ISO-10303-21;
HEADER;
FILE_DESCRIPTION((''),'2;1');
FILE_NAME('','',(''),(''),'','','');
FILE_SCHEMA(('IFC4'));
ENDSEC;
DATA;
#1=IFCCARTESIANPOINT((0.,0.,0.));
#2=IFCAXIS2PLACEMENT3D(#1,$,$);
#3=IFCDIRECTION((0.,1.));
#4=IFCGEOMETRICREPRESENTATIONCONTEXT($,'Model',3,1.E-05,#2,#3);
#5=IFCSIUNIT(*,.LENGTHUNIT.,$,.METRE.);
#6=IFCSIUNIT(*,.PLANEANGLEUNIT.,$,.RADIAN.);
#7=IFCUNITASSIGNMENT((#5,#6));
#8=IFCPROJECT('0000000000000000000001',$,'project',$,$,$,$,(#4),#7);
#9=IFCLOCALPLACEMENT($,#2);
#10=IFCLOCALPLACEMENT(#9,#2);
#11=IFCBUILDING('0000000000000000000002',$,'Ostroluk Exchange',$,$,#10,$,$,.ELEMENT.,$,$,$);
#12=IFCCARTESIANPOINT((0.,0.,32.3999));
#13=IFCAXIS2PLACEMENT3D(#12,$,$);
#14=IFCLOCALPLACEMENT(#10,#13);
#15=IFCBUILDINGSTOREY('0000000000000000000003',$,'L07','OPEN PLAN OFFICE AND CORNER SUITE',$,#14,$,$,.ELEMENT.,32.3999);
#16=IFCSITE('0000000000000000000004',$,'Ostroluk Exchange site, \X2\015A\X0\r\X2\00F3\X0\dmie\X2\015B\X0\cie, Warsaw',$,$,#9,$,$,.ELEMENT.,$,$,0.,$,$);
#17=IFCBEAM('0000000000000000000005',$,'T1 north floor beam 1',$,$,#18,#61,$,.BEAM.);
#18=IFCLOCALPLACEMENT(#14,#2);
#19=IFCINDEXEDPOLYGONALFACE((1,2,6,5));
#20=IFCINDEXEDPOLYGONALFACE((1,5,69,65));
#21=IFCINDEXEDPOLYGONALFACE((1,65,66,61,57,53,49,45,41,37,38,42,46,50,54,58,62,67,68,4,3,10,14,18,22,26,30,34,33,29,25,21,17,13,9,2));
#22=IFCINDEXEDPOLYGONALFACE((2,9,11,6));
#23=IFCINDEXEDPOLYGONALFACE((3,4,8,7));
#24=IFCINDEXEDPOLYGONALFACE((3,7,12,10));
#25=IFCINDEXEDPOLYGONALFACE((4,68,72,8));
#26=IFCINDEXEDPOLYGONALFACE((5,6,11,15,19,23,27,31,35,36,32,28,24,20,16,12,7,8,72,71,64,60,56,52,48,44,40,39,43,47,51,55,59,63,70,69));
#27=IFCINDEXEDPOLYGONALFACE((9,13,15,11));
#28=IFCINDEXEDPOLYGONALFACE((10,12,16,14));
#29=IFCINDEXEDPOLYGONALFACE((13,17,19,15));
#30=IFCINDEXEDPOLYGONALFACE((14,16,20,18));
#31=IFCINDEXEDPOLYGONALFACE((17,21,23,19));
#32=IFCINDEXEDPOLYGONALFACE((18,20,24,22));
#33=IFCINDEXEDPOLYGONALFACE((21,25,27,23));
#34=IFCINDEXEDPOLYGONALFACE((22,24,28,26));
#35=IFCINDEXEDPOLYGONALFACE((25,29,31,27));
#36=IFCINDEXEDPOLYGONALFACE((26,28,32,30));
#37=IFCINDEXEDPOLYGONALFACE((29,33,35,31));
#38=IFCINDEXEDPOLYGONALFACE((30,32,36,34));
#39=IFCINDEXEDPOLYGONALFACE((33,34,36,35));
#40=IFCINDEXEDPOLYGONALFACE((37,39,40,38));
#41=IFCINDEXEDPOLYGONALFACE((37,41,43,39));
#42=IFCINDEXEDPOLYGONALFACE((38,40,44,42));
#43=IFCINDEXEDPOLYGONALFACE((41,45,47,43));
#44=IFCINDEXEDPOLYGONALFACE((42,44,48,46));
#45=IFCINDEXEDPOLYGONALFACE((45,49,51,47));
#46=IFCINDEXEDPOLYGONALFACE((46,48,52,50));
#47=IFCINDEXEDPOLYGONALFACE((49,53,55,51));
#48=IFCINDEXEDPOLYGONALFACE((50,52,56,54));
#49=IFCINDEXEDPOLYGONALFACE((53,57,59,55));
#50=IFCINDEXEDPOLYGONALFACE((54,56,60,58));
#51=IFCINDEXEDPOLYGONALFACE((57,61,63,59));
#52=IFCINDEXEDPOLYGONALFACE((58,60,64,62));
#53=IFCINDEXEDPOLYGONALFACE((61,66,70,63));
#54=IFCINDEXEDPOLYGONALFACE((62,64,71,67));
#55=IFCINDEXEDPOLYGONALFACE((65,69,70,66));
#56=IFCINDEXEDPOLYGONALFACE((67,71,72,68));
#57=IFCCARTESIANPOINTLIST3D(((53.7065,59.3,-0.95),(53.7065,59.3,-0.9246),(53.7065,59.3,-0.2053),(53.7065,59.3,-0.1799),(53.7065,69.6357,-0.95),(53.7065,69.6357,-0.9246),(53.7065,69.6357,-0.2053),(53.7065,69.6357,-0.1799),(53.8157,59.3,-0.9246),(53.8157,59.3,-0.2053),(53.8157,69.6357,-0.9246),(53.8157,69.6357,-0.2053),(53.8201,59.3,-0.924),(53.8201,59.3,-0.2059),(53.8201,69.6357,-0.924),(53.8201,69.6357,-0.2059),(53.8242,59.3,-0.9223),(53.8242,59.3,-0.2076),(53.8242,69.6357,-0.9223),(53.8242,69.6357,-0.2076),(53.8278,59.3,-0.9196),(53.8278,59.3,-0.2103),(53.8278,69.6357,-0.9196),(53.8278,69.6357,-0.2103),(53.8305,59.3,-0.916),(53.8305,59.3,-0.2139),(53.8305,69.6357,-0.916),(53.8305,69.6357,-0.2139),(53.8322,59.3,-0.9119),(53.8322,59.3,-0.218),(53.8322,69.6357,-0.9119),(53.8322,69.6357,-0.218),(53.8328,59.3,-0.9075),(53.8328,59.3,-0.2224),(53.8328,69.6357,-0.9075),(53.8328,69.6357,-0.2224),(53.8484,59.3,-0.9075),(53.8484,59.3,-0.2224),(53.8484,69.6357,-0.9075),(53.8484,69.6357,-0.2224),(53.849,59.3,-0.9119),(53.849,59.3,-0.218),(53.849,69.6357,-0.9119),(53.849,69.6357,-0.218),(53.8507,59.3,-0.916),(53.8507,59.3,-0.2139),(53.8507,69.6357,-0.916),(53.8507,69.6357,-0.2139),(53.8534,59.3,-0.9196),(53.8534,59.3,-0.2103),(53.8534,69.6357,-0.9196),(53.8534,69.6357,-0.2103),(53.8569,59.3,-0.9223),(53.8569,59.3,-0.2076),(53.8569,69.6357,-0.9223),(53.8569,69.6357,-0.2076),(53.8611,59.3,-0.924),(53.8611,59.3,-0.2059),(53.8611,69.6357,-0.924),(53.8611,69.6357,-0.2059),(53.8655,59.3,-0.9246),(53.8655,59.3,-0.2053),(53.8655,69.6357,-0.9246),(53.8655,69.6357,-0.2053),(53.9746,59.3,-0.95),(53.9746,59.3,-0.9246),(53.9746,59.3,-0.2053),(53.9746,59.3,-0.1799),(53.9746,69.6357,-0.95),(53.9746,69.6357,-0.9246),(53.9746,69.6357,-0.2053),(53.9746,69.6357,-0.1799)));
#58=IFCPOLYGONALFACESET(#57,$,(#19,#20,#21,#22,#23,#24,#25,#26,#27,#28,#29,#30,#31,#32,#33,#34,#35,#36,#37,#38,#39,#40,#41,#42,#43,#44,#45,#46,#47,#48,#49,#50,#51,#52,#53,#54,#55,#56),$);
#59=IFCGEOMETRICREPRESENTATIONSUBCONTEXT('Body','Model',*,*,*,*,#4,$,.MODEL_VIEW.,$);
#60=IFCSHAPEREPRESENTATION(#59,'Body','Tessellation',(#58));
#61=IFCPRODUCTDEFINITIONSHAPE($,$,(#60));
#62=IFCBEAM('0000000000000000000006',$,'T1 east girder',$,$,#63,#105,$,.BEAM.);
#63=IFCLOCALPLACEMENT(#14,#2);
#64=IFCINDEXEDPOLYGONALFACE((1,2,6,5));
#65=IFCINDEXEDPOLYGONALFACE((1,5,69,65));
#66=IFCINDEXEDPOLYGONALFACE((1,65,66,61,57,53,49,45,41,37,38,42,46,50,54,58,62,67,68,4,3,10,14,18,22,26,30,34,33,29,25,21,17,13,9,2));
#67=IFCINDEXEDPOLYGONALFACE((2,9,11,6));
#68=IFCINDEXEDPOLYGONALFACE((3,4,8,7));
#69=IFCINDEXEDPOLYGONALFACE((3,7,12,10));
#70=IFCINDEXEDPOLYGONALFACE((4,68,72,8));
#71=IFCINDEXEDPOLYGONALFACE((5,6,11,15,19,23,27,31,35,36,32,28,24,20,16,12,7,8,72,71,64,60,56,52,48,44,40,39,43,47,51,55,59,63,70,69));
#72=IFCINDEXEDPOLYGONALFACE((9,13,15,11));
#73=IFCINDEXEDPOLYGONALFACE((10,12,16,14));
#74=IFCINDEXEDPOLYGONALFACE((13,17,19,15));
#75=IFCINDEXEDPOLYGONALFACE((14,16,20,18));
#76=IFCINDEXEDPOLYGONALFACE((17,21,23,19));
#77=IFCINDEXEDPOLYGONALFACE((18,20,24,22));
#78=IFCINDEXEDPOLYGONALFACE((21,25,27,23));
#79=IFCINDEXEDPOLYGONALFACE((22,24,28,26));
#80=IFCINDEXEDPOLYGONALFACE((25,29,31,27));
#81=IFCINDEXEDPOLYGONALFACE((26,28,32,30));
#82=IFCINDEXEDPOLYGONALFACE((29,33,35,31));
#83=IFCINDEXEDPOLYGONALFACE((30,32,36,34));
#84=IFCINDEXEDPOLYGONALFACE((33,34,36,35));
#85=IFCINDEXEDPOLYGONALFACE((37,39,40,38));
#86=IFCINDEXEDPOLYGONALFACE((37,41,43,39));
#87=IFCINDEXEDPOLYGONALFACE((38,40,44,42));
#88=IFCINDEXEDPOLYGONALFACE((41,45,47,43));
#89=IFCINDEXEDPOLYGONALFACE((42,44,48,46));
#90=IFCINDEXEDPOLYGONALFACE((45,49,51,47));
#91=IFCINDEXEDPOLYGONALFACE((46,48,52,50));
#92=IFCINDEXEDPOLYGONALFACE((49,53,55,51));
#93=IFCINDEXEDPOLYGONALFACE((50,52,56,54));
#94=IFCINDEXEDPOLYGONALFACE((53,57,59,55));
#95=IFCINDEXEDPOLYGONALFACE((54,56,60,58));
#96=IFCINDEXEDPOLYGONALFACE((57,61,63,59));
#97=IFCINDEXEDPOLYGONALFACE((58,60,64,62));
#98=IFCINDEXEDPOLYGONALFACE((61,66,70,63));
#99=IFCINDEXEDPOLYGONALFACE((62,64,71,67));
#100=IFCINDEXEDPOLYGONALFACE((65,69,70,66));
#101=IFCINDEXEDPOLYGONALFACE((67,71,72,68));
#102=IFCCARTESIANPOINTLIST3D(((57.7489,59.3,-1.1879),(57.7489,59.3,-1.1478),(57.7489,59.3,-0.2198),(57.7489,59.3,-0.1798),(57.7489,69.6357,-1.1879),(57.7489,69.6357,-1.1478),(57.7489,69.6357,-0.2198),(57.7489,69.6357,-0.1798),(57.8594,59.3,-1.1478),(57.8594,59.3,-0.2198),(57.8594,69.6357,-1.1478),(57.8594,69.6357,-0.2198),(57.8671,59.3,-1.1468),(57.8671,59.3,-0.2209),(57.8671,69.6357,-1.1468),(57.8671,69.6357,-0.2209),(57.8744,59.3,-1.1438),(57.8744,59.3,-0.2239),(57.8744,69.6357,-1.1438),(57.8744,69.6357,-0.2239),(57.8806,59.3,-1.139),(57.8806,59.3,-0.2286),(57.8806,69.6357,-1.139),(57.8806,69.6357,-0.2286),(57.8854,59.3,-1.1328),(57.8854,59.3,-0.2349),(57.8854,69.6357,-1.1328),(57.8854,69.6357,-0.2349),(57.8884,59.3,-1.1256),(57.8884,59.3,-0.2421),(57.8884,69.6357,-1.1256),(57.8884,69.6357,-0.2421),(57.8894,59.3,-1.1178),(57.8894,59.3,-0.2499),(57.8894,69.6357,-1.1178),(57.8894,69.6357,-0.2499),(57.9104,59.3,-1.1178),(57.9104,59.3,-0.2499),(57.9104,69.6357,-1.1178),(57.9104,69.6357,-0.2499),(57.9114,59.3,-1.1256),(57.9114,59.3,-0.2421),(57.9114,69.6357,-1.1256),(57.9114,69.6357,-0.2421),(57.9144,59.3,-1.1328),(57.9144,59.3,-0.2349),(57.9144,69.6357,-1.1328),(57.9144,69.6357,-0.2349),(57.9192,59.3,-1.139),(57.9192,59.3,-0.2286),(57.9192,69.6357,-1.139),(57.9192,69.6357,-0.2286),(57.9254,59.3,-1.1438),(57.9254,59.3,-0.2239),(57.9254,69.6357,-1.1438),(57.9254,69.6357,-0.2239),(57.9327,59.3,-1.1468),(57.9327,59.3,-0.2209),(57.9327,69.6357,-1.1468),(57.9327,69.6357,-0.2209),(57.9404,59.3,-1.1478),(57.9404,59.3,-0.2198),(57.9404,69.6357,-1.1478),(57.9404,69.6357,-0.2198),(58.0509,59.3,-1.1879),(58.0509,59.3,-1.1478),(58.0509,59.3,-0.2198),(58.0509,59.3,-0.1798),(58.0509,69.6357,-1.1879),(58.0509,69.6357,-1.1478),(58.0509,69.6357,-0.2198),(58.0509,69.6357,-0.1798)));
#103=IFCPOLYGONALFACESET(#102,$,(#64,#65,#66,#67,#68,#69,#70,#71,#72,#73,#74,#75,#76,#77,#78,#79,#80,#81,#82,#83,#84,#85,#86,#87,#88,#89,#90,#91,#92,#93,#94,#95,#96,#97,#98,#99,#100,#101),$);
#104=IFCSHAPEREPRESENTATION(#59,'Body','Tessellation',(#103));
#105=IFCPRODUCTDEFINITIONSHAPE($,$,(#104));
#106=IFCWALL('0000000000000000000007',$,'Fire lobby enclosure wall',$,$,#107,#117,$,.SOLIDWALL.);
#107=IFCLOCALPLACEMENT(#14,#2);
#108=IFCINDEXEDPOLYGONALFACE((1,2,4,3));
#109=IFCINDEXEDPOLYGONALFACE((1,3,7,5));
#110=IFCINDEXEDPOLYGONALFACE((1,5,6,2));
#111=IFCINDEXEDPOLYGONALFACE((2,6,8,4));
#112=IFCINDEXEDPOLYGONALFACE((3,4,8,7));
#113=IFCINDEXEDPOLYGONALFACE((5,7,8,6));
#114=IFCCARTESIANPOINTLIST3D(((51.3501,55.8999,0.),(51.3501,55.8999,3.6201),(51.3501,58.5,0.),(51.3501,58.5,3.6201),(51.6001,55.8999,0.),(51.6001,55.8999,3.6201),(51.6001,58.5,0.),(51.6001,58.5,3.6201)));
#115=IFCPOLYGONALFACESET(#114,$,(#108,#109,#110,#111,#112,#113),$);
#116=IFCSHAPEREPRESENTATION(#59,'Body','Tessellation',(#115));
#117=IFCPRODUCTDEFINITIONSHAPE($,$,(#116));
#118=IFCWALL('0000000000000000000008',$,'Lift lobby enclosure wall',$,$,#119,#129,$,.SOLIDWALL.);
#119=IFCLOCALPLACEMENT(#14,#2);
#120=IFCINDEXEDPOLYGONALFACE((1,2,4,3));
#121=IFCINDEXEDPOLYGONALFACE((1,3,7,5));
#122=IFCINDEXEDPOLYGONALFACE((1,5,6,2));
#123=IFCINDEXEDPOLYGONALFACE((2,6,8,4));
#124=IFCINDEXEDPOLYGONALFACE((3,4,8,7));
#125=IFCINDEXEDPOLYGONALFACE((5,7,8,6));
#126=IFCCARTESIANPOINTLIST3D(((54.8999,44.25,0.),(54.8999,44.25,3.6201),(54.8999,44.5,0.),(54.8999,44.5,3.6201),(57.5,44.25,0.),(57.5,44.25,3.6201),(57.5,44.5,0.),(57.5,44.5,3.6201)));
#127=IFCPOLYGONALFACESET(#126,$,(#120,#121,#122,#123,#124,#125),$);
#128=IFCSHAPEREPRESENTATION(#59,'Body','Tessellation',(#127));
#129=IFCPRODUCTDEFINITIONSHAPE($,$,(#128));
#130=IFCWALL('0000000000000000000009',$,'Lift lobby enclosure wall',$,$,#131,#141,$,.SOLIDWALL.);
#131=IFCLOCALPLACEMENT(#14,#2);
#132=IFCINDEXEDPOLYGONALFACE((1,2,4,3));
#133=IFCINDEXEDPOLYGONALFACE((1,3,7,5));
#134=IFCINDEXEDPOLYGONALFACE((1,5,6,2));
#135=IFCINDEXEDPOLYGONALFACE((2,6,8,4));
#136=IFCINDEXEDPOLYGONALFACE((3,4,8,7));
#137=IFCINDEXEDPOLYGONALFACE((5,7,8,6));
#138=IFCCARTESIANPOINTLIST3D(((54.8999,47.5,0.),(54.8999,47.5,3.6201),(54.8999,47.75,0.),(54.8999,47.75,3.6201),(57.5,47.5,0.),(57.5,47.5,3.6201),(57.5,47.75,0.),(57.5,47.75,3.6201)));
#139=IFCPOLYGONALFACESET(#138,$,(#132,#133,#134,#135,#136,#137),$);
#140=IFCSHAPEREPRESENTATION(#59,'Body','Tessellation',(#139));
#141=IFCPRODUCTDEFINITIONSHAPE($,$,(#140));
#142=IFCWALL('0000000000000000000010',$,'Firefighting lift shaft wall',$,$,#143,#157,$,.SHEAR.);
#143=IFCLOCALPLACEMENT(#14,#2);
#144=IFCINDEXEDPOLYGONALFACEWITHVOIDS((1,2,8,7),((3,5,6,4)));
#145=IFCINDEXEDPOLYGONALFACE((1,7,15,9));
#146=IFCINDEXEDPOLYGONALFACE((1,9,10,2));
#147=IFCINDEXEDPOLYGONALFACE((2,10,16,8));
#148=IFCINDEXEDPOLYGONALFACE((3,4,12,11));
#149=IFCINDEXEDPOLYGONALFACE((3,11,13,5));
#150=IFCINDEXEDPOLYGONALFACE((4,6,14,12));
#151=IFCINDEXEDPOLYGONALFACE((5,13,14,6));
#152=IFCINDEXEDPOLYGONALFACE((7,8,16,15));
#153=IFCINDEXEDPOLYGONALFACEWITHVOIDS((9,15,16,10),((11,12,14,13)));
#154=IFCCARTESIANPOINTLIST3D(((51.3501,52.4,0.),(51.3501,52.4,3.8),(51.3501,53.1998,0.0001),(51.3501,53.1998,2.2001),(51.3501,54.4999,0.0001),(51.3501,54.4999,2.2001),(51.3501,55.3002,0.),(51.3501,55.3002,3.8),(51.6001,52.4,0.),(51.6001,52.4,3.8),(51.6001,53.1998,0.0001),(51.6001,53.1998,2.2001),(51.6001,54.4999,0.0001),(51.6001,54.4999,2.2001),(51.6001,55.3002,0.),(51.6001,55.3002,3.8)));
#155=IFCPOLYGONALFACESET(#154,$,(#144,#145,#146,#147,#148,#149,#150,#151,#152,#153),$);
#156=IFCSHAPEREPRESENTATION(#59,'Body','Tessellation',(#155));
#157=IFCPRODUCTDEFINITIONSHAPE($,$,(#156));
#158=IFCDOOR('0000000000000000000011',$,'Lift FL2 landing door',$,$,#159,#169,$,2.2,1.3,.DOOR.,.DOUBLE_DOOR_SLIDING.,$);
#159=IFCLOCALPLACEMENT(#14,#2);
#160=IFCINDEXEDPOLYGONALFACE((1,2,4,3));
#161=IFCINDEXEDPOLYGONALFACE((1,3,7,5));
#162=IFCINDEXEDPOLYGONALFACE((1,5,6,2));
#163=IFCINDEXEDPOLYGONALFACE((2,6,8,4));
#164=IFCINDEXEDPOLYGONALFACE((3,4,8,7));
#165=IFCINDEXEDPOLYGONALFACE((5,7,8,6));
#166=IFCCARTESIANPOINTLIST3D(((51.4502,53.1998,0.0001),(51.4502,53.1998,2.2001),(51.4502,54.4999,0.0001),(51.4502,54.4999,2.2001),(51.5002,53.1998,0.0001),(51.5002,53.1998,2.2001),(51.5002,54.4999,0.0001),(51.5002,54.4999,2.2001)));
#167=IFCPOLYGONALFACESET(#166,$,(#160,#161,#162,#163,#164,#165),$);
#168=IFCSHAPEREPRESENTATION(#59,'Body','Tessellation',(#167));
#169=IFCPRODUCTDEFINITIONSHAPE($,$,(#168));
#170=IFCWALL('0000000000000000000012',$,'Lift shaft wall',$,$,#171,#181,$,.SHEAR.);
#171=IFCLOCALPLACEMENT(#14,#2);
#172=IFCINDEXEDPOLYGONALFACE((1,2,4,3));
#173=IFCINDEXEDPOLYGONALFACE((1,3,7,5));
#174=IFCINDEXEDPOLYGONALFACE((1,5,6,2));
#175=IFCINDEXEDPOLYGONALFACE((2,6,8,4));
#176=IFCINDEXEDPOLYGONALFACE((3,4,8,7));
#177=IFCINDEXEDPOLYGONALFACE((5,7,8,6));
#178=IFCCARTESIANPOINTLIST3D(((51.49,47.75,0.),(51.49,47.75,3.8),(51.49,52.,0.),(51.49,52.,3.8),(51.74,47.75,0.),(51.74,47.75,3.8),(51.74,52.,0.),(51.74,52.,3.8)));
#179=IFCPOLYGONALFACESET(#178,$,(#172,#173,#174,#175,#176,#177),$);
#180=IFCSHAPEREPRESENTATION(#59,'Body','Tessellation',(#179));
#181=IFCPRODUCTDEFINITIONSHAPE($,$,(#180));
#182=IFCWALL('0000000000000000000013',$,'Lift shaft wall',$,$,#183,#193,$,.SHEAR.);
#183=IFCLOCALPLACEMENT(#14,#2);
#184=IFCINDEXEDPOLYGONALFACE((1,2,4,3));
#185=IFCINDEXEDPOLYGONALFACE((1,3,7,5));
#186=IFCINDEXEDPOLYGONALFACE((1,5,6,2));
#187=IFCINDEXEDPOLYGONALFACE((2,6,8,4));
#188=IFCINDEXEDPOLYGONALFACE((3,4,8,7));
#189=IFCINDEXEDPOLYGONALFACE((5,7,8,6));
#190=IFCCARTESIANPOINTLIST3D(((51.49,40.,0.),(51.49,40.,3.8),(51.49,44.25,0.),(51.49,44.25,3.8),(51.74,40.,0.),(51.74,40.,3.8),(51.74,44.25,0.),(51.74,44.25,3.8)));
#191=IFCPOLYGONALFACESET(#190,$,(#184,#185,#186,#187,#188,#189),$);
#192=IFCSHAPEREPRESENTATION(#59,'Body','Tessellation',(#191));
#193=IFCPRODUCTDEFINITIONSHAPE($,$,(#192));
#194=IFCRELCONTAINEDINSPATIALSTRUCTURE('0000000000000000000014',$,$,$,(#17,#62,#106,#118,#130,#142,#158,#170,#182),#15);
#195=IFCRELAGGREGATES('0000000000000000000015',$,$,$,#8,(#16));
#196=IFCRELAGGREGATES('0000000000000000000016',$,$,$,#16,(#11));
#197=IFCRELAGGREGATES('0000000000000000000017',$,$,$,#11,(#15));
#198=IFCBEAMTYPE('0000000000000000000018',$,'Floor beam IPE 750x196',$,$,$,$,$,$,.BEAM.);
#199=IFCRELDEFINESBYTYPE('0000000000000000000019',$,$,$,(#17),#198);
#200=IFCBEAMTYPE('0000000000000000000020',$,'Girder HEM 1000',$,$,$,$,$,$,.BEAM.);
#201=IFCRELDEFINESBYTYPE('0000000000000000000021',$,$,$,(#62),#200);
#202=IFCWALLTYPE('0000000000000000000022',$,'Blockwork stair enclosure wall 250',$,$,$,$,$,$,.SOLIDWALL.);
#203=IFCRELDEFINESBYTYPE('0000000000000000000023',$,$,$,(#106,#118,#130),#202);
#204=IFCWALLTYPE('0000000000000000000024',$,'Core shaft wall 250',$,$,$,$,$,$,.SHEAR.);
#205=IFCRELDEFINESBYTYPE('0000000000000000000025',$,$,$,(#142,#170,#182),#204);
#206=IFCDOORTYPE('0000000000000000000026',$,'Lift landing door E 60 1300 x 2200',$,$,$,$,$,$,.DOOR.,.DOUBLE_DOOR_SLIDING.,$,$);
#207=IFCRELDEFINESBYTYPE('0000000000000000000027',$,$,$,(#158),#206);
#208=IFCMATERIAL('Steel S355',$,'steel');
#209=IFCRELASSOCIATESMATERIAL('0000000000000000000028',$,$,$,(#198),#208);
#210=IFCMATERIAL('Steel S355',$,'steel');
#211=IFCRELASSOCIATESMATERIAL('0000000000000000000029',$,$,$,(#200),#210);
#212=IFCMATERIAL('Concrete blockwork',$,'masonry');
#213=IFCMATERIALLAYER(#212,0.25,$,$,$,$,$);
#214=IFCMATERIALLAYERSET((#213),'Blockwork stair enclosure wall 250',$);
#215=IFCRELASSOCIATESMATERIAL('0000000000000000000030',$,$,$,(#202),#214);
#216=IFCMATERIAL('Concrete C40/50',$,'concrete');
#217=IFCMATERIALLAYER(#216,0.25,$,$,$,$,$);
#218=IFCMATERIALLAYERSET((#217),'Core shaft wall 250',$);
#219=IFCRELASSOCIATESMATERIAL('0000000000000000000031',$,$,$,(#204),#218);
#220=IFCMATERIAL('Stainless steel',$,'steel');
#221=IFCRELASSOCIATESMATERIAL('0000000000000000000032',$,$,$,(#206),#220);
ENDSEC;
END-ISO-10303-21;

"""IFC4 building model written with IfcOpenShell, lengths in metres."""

from ifc_helpers import new_model, si_unit, direction, frame, frame_2d, origin, origin_2d, place, context, subcontext, project, spatial, rectangle, i_section, extrude, material, layer, layer_set, material_profile, profile_set, type_object, element, fill, save


model = new_model("IFC4")

# Units and contexts
model_context = context("Model", 3, precision=1e-05, world=origin(), true_north=direction((0.0, 1.0)))
body_context = subcontext(model_context, "Body", "Model", "MODEL_VIEW")
ifc_project = project(units=[si_unit("LENGTHUNIT", "METRE"), si_unit("PLANEANGLEUNIT", "RADIAN")], contexts=[model_context])

# Site, building, storey
site_placement = place(None, origin())
site = spatial("IfcSite", under=ifc_project, at=site_placement, Name="Ostroluk Exchange site, Śródmieście, Warsaw", CompositionType="ELEMENT", RefElevation=0.0)
building_placement = place(site_placement, origin())
building = spatial("IfcBuilding", under=site, at=building_placement, Name="Ostroluk Exchange", CompositionType="ELEMENT")
storey_placement = place(building_placement, frame((0.0, 0.0, 32.3999)))
storey = spatial("IfcBuildingStorey", under=building, at=storey_placement, Name="L07", Description="OPEN PLAN OFFICE AND CORNER SUITE", CompositionType="ELEMENT", Elevation=32.3999)

# Beams
ifc_material_1 = material(Name="Steel S355", Category="steel")
ifc_material_profile_1 = material_profile(ifc_material_1, i_section(OverallWidth=0.2681, OverallDepth=0.77, WebThickness=0.0156, FlangeThickness=0.0254, FilletRadius=0.0171, at=origin_2d()), Name="IPE 750x196")
ifc_profile_set_1 = profile_set([ifc_material_profile_1], Name="Steel S355")
beam_type_1 = type_object("IfcBeamType", Name="Floor beam IPE 750x196", PredefinedType="BEAM", material=ifc_profile_set_1)
for number, where, z_axis, x_axis, name in (
    (1, (53.8406, 59.3, -0.5649), (0.0, 1.0, 0.0), (-1.0, 0.0, 0.0), "T1 north floor beam 1"),
):
    element("IfcBeam", number, at=place(storey_placement, frame(where, z_axis=z_axis, x_axis=x_axis)), inside=storey, type_object=beam_type_1, Name=name, PredefinedType="BEAM", context=body_context, shape_type="SweptSolid", body=[
        extrude(i_section(OverallWidth=0.2681, OverallDepth=0.77, WebThickness=0.0156, FlangeThickness=0.0254, FilletRadius=0.0171, at=origin_2d()), origin(), (0.0, 0.0, 1.0), 10.3357),
    ])
ifc_material_2 = material(Name="Steel S355", Category="steel")
ifc_material_profile_2 = material_profile(ifc_material_2, i_section(OverallWidth=0.302, OverallDepth=1.0081, WebThickness=0.021, FlangeThickness=0.04, FilletRadius=0.03, at=origin_2d()), Name="HEM 1000")
ifc_profile_set_2 = profile_set([ifc_material_profile_2], Name="Steel S355")
beam_type_2 = type_object("IfcBeamType", Name="Girder HEM 1000", PredefinedType="BEAM", material=ifc_profile_set_2)
beam_1_placement = place(storey_placement, frame((57.8999, 59.3, -0.6838), z_axis=(0.0, 1.0, 0.0), x_axis=(-1.0, 0.0, 0.0)))
element("IfcBeam", 2, at=beam_1_placement, inside=storey, type_object=beam_type_2, Name="T1 east girder", PredefinedType="BEAM", context=body_context, shape_type="SweptSolid", body=[
    extrude(i_section(OverallWidth=0.302, OverallDepth=1.0081, WebThickness=0.021, FlangeThickness=0.04, FilletRadius=0.03, at=origin_2d()), origin(), (0.0, 0.0, 1.0), 10.3357),
])

# Walls
ifc_material_3 = material(Name="Concrete blockwork", Category="masonry")
ifc_layer_1 = layer(ifc_material_3, 0.25)
ifc_layer_set_1 = layer_set([ifc_layer_1], Name="Blockwork stair enclosure wall 250")
wall_type_1 = type_object("IfcWallType", Name="Blockwork stair enclosure wall 250", PredefinedType="SOLIDWALL", material=ifc_layer_set_1)
for number, where, z_axis, x_axis, name in (
    (3, (51.4751, 55.8999, 0.0), (0.0, 0.0, 1.0), (0.0, 1.0, 0.0), "Fire lobby enclosure wall"),
    (4, (54.8999, 44.375, 0.0), (0.0, 0.0, 1.0), (1.0, 0.0, 0.0), "Lift lobby enclosure wall"),
    (5, (54.8999, 47.625, 0.0), (0.0, 0.0, 1.0), (1.0, 0.0, 0.0), "Lift lobby enclosure wall"),
):
    element("IfcWall", number, at=place(storey_placement, frame(where, z_axis=z_axis, x_axis=x_axis)), inside=storey, type_object=wall_type_1, Name=name, PredefinedType="SOLIDWALL", context=body_context, shape_type="SweptSolid", body=[
        extrude(rectangle(XDim=2.6001, YDim=0.25, at=frame_2d((1.3, 0.0))), origin(), (0.0, 0.0, 1.0), 3.6201),
    ])

# Wall, opening, door
ifc_material_4 = material(Name="Concrete C40/50", Category="concrete")
ifc_layer_2 = layer(ifc_material_4, 0.25)
ifc_layer_set_2 = layer_set([ifc_layer_2], Name="Core shaft wall 250")
wall_type_2 = type_object("IfcWallType", Name="Core shaft wall 250", PredefinedType="SHEAR", material=ifc_layer_set_2)
wall_1_placement = place(storey_placement, frame((51.4751, 52.3999, 0.0), z_axis=(0.0, 0.0, 1.0), x_axis=(0.0, 1.0, 0.0)))
wall_1 = element("IfcWall", 6, at=wall_1_placement, inside=storey, type_object=wall_type_2, Name="Firefighting lift shaft wall", PredefinedType="SHEAR", context=body_context, shape_type="SweptSolid", body=[
    extrude(rectangle(XDim=2.9001, YDim=0.25, at=frame_2d((1.4502, 0.0))), origin(), (0.0, 0.0, 1.0), 3.8),
])
opening_1_placement = place(wall_1_placement, frame((0.8, 0.0, 0.0)))
opening_1 = element("IfcOpeningElement", 7, at=opening_1_placement, cuts=wall_1, PredefinedType="OPENING", context=body_context, shape_type="SweptSolid", body=[
    extrude(rectangle(XDim=1.3, YDim=2.2, at=frame_2d((0.6499, 1.1001))), frame((0.0, 0.135, 0.0), z_axis=(0.0, -1.0, 0.0), x_axis=(1.0, 0.0, 0.0)), (0.0, 0.0, 1.0), 0.27),
])
ifc_material_5 = material(Name="Stainless steel", Category="steel")
door_type_1 = type_object("IfcDoorType", Name="Lift landing door E 60 1300 x 2200", OperationType="DOUBLE_DOOR_SLIDING", PredefinedType="DOOR", material=ifc_material_5)
door_1_placement = place(opening_1_placement, origin())
door_1 = element("IfcDoor", 8, at=door_1_placement, inside=storey, type_object=door_type_1, Name="Lift FL2 landing door", OperationType="DOUBLE_DOOR_SLIDING", OverallHeight=2.2, OverallWidth=1.3, PredefinedType="DOOR", context=body_context, shape_type="SweptSolid", body=[
    extrude(rectangle(XDim=1.3, YDim=2.2, at=frame_2d((0.6499, 1.1001))), frame((0.0, 0.0249, 0.0), z_axis=(0.0, -1.0, 0.0), x_axis=(1.0, 0.0, 0.0)), (0.0, 0.0, 1.0), 0.05),
])
fill(opening_1, door_1)

# Walls
for number, where, z_axis, x_axis, name in (
    (9, (51.615, 47.75, 0.0), (0.0, 0.0, 1.0), (0.0, 1.0, 0.0), "Lift shaft wall"),
    (10, (51.615, 44.25, 0.0), (0.0, 0.0, 1.0), (0.0, -1.0, 0.0), "Lift shaft wall"),
):
    element("IfcWall", number, at=place(storey_placement, frame(where, z_axis=z_axis, x_axis=x_axis)), inside=storey, type_object=wall_type_2, Name=name, PredefinedType="SHEAR", context=body_context, shape_type="SweptSolid", body=[
        extrude(rectangle(XDim=4.25, YDim=0.25, at=frame_2d((2.125, 0.0))), origin(), (0.0, 0.0, 1.0), 3.8),
    ])

save(model, "model.ifc")
